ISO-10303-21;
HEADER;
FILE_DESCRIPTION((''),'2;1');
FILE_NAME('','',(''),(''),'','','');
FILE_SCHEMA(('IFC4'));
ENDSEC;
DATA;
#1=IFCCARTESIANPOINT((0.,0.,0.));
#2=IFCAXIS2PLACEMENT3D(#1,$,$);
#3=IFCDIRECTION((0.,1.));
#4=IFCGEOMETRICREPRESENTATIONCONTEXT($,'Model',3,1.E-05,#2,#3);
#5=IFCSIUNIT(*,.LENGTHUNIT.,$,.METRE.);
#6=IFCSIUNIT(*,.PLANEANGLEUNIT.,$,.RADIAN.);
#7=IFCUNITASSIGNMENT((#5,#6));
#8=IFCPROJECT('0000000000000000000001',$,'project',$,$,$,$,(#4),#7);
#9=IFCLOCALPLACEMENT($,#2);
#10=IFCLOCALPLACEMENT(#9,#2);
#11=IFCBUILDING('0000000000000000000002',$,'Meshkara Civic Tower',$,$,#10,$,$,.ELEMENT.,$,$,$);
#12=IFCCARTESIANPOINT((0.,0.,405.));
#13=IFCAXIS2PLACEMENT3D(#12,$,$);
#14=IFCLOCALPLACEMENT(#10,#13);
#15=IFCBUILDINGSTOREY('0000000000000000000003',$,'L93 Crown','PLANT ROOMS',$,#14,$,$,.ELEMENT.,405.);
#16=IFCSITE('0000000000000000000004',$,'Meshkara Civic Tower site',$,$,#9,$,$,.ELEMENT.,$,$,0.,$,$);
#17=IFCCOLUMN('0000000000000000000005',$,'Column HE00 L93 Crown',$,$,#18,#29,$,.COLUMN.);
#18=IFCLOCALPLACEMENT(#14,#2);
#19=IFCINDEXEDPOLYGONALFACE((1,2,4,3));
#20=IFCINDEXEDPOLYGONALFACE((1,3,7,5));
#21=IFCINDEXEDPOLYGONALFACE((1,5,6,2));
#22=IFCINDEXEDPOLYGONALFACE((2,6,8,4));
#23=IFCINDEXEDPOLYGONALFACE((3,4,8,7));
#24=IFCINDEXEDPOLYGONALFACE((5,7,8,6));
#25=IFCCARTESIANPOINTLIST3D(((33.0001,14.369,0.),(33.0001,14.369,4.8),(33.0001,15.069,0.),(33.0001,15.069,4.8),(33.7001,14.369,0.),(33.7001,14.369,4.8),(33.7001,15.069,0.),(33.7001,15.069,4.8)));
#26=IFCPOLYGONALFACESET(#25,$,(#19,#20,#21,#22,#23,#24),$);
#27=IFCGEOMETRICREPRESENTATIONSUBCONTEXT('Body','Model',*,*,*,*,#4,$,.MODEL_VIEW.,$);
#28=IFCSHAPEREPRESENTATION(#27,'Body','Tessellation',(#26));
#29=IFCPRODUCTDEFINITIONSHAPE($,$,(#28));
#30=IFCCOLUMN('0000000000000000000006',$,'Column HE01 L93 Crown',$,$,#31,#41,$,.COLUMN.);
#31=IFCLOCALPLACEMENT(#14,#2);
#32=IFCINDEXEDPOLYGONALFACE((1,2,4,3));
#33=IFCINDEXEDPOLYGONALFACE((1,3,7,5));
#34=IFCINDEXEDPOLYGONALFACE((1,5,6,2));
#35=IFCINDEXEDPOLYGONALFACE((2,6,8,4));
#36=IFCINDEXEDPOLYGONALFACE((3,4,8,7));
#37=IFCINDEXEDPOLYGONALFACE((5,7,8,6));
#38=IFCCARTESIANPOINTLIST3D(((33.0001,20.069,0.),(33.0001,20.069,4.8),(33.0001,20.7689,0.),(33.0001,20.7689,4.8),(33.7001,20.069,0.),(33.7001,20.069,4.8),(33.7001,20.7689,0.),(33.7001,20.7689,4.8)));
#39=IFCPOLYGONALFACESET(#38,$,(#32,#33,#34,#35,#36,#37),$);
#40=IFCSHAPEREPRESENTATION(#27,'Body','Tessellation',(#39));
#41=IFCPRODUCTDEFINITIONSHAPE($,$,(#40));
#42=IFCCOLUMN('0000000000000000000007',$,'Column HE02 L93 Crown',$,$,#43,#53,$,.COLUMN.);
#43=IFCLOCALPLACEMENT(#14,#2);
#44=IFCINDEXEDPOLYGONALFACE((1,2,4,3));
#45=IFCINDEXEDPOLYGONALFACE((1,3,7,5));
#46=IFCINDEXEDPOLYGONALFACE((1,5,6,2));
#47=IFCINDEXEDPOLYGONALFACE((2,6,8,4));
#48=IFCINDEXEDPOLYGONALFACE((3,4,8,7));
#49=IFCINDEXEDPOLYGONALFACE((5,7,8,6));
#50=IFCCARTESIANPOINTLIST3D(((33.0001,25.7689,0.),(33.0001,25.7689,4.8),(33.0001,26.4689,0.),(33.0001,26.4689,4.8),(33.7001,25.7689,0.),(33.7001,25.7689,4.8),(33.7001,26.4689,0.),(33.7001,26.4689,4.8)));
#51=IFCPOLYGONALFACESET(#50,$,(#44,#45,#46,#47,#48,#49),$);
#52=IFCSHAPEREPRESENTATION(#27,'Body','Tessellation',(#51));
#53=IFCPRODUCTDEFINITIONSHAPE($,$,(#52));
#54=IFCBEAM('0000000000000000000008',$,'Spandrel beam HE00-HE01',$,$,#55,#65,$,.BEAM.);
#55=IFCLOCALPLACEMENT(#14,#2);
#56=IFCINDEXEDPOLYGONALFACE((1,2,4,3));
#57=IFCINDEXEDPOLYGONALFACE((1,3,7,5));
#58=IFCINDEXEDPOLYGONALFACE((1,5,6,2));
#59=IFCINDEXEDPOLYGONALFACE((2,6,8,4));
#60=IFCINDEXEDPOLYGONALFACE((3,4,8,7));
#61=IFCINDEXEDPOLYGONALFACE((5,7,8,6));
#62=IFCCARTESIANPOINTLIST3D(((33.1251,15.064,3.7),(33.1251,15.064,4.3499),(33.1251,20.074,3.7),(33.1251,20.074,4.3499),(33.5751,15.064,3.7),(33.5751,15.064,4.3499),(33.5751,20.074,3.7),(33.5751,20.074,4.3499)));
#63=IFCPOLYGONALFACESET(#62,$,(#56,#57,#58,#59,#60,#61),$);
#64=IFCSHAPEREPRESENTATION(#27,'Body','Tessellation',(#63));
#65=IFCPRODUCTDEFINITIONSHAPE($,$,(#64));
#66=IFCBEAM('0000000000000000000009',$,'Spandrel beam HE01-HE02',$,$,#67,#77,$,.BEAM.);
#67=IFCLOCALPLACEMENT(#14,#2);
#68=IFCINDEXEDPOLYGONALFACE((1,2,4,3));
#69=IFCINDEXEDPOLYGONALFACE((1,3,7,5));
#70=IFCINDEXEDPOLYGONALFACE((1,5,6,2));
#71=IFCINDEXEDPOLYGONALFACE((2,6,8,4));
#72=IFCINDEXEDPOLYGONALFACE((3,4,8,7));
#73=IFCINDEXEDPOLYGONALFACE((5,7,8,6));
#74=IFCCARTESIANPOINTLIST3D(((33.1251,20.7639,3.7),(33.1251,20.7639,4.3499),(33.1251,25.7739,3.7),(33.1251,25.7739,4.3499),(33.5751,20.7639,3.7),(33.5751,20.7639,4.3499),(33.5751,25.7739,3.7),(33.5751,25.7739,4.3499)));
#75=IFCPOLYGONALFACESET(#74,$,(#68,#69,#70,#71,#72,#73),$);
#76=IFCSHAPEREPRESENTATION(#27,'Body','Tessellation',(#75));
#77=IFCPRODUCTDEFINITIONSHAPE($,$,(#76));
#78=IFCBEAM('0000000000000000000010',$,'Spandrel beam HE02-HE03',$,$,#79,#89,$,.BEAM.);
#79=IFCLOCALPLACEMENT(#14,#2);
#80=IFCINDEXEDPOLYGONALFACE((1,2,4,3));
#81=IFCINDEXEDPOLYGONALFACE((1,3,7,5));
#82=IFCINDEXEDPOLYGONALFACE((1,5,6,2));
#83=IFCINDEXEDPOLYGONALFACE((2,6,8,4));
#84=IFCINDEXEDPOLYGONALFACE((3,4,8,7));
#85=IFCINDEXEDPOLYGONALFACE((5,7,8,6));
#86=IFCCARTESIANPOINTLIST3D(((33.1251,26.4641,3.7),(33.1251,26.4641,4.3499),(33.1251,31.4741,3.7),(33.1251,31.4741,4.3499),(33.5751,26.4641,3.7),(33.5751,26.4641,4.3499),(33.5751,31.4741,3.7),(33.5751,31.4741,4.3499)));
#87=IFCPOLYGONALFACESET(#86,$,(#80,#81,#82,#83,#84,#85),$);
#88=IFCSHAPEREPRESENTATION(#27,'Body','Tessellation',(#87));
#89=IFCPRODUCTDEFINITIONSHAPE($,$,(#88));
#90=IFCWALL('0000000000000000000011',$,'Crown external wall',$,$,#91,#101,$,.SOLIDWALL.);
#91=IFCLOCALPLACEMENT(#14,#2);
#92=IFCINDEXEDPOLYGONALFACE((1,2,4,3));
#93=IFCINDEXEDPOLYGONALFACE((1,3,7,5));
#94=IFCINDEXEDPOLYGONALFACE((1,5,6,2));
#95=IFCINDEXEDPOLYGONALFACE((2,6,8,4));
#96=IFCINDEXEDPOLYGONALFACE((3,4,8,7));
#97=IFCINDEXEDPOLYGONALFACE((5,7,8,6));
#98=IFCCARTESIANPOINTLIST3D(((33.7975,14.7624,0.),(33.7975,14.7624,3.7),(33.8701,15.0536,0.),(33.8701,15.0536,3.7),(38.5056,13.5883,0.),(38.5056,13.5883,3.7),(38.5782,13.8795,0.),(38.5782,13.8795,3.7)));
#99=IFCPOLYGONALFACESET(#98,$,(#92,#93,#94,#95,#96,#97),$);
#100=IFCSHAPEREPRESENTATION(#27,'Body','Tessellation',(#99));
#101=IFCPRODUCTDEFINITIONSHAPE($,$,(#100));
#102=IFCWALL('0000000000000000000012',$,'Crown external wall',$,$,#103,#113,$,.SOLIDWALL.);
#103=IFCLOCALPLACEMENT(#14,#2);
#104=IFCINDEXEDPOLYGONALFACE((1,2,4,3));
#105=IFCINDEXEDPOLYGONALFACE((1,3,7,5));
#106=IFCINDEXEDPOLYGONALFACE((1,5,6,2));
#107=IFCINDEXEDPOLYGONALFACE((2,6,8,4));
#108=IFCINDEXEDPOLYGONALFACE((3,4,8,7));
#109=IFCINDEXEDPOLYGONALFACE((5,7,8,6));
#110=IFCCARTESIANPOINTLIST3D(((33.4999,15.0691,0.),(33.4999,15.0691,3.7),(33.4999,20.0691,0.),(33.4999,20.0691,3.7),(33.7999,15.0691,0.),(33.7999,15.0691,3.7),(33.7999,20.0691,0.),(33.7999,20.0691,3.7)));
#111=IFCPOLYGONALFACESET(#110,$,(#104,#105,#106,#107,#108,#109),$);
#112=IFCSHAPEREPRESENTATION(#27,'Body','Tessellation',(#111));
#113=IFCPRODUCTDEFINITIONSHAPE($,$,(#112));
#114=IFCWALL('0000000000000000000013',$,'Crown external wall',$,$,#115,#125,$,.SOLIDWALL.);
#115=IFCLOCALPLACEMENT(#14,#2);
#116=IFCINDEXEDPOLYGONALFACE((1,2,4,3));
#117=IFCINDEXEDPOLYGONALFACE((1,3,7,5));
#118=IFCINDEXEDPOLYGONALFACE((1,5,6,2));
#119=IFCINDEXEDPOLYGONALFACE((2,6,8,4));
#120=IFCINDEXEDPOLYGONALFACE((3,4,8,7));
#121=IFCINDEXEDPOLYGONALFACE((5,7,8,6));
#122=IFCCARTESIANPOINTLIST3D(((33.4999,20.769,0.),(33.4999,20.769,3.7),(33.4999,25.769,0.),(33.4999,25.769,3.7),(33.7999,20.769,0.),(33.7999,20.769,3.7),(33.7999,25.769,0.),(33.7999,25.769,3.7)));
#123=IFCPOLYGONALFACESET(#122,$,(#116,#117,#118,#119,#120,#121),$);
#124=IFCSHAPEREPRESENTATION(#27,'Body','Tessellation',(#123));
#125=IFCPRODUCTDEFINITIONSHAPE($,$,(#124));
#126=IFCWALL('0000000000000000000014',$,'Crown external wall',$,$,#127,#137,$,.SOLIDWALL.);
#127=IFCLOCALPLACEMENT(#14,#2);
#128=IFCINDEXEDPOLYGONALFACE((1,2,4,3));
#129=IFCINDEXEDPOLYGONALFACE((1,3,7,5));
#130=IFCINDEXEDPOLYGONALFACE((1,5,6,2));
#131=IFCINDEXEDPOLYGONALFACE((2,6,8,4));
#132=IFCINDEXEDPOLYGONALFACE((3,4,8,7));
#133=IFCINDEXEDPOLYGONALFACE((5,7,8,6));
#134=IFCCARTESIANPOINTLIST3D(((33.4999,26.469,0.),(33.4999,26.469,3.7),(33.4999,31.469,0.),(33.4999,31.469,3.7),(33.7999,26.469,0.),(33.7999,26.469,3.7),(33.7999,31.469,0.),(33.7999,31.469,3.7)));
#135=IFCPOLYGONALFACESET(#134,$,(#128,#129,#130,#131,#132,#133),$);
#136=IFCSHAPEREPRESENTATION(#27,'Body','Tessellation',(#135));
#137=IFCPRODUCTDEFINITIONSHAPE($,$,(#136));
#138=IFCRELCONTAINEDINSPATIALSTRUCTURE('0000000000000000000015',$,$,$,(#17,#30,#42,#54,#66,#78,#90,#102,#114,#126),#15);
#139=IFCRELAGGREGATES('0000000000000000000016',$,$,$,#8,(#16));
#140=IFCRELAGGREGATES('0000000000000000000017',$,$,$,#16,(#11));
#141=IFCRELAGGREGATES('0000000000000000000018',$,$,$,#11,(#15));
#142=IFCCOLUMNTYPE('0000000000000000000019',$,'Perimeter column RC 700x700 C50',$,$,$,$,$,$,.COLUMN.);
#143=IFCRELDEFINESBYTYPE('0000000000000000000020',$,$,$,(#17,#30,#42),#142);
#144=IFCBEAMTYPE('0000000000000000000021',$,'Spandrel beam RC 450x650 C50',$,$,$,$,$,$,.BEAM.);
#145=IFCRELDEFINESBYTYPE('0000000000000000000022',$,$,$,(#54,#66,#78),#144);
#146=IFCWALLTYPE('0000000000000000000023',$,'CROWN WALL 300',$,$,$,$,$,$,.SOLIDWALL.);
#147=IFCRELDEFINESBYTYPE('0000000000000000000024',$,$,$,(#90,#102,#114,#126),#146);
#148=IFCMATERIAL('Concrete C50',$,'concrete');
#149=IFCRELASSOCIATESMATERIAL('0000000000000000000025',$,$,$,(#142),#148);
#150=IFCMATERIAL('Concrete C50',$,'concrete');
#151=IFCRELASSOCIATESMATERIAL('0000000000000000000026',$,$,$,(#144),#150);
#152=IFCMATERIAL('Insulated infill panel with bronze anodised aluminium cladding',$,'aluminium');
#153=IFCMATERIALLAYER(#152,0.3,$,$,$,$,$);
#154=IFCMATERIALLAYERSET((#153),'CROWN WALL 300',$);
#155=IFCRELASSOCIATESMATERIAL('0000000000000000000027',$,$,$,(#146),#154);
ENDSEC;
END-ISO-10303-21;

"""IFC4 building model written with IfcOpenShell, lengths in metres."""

from ifc_helpers import new_model, si_unit, direction, frame, frame_2d, origin, origin_2d, place, context, subcontext, project, spatial, rectangle, extrude, material, layer, layer_set, material_profile, profile_set, type_object, element, save


model = new_model("IFC4")

# Units and contexts
model_context = context("Model", 3, precision=1e-05, world=origin(), true_north=direction((0.0, 1.0)))
body_context = subcontext(model_context, "Body", "Model", "MODEL_VIEW")
ifc_project = project(units=[si_unit("LENGTHUNIT", "METRE"), si_unit("PLANEANGLEUNIT", "RADIAN")], contexts=[model_context])

# Site, building, storey
site_placement = place(None, origin())
site = spatial("IfcSite", under=ifc_project, at=site_placement, Name="Meshkara Civic Tower site", CompositionType="ELEMENT", RefElevation=0.0)
building_placement = place(site_placement, origin())
building = spatial("IfcBuilding", under=site, at=building_placement, Name="Meshkara Civic Tower", CompositionType="ELEMENT")
storey_placement = place(building_placement, frame((0.0, 0.0, 405.0)))
storey = spatial("IfcBuildingStorey", under=building, at=storey_placement, Name="L93 Crown", Description="PLANT ROOMS", CompositionType="ELEMENT", Elevation=405.0)

# Columns
ifc_material_1 = material(Name="Concrete C50", Category="concrete")
ifc_material_profile_1 = material_profile(ifc_material_1, rectangle(XDim=0.7, YDim=0.7, at=origin_2d()))
ifc_profile_set_1 = profile_set([ifc_material_profile_1], Name="Concrete C50")
column_type = type_object("IfcColumnType", Name="Perimeter column RC 700x700 C50", PredefinedType="COLUMN", material=ifc_profile_set_1)
for number, where, z_axis, x_axis, name in (
    (1, (33.3501, 14.719, 0.0), (0.0, 0.0, 1.0), (1.0, 0.0, 0.0), "Column HE00 L93 Crown"),
    (2, (33.3501, 20.4189, 0.0), (0.0, 0.0, 1.0), (1.0, 0.0, 0.0), "Column HE01 L93 Crown"),
    (3, (33.3501, 26.1189, 0.0), (0.0, 0.0, 1.0), (1.0, 0.0, 0.0), "Column HE02 L93 Crown"),
):
    element("IfcColumn", number, at=place(storey_placement, frame(where, z_axis=z_axis, x_axis=x_axis)), inside=storey, type_object=column_type, Name=name, PredefinedType="COLUMN", context=body_context, shape_type="SweptSolid", body=[
        extrude(rectangle(XDim=0.7, YDim=0.7, at=origin_2d()), origin(), (0.0, 0.0, 1.0), 4.8),
    ])

# Beams
ifc_material_2 = material(Name="Concrete C50", Category="concrete")
ifc_material_profile_2 = material_profile(ifc_material_2, rectangle(XDim=0.45, YDim=0.6499, at=origin_2d()))
ifc_profile_set_2 = profile_set([ifc_material_profile_2], Name="Concrete C50")
beam_type = type_object("IfcBeamType", Name="Spandrel beam RC 450x650 C50", PredefinedType="BEAM", material=ifc_profile_set_2)
for number, where, z_axis, x_axis, name in (
    (4, (33.3501, 15.064, 4.0249), (0.0, 1.0, 0.0), (-1.0, 0.0, 0.0), "Spandrel beam HE00-HE01"),
    (5, (33.3501, 20.7639, 4.0249), (0.0, 1.0, 0.0), (-1.0, 0.0, 0.0), "Spandrel beam HE01-HE02"),
    (6, (33.3501, 26.4641, 4.0249), (0.0, 1.0, 0.0), (-1.0, 0.0, 0.0), "Spandrel beam HE02-HE03"),
):
    element("IfcBeam", number, at=place(storey_placement, frame(where, z_axis=z_axis, x_axis=x_axis)), inside=storey, type_object=beam_type, Name=name, PredefinedType="BEAM", context=body_context, shape_type="SweptSolid", body=[
        extrude(rectangle(XDim=0.45, YDim=0.6499, at=origin_2d()), origin(), (0.0, 0.0, 1.0), 5.01),
    ])

# Walls
ifc_material_3 = material(Name="Insulated infill panel with bronze anodised aluminium cladding", Category="aluminium")
ifc_layer_1 = layer(ifc_material_3, 0.3)
ifc_layer_set_1 = layer_set([ifc_layer_1], Name="CROWN WALL 300")
wall_type_1 = type_object("IfcWallType", Name="CROWN WALL 300", PredefinedType="SOLIDWALL", material=ifc_layer_set_1)
wall_1_placement = place(storey_placement, frame((38.542, 13.7339, 0.0), z_axis=(0.0, 0.0, 1.0), x_axis=(-0.970284, 0.241967, 0.0)))
element("IfcWall", 7, at=wall_1_placement, inside=storey, type_object=wall_type_1, Name="Crown external wall", PredefinedType="SOLIDWALL", context=body_context, shape_type="SweptSolid", body=[
    extrude(rectangle(XDim=4.8523, YDim=0.3, at=frame_2d((2.4263, 0.0))), origin(), (0.0, 0.0, 1.0), 3.7),
])
for number, where, z_axis, x_axis, name in (
    (8, (33.6499, 15.0691, 0.0), (0.0, 0.0, 1.0), (0.0, 1.0, 0.0), "Crown external wall"),
    (9, (33.6499, 20.769, 0.0), (0.0, 0.0, 1.0), (0.0, 1.0, 0.0), "Crown external wall"),
    (10, (33.6499, 26.469, 0.0), (0.0, 0.0, 1.0), (0.0, 1.0, 0.0), "Crown external wall"),
):
    element("IfcWall", number, at=place(storey_placement, frame(where, z_axis=z_axis, x_axis=x_axis)), inside=storey, type_object=wall_type_1, Name=name, PredefinedType="SOLIDWALL", context=body_context, shape_type="SweptSolid", body=[
        extrude(rectangle(XDim=5.0, YDim=0.3, at=frame_2d((2.5, 0.0))), origin(), (0.0, 0.0, 1.0), 3.7),
    ])

save(model, "model.ifc")
